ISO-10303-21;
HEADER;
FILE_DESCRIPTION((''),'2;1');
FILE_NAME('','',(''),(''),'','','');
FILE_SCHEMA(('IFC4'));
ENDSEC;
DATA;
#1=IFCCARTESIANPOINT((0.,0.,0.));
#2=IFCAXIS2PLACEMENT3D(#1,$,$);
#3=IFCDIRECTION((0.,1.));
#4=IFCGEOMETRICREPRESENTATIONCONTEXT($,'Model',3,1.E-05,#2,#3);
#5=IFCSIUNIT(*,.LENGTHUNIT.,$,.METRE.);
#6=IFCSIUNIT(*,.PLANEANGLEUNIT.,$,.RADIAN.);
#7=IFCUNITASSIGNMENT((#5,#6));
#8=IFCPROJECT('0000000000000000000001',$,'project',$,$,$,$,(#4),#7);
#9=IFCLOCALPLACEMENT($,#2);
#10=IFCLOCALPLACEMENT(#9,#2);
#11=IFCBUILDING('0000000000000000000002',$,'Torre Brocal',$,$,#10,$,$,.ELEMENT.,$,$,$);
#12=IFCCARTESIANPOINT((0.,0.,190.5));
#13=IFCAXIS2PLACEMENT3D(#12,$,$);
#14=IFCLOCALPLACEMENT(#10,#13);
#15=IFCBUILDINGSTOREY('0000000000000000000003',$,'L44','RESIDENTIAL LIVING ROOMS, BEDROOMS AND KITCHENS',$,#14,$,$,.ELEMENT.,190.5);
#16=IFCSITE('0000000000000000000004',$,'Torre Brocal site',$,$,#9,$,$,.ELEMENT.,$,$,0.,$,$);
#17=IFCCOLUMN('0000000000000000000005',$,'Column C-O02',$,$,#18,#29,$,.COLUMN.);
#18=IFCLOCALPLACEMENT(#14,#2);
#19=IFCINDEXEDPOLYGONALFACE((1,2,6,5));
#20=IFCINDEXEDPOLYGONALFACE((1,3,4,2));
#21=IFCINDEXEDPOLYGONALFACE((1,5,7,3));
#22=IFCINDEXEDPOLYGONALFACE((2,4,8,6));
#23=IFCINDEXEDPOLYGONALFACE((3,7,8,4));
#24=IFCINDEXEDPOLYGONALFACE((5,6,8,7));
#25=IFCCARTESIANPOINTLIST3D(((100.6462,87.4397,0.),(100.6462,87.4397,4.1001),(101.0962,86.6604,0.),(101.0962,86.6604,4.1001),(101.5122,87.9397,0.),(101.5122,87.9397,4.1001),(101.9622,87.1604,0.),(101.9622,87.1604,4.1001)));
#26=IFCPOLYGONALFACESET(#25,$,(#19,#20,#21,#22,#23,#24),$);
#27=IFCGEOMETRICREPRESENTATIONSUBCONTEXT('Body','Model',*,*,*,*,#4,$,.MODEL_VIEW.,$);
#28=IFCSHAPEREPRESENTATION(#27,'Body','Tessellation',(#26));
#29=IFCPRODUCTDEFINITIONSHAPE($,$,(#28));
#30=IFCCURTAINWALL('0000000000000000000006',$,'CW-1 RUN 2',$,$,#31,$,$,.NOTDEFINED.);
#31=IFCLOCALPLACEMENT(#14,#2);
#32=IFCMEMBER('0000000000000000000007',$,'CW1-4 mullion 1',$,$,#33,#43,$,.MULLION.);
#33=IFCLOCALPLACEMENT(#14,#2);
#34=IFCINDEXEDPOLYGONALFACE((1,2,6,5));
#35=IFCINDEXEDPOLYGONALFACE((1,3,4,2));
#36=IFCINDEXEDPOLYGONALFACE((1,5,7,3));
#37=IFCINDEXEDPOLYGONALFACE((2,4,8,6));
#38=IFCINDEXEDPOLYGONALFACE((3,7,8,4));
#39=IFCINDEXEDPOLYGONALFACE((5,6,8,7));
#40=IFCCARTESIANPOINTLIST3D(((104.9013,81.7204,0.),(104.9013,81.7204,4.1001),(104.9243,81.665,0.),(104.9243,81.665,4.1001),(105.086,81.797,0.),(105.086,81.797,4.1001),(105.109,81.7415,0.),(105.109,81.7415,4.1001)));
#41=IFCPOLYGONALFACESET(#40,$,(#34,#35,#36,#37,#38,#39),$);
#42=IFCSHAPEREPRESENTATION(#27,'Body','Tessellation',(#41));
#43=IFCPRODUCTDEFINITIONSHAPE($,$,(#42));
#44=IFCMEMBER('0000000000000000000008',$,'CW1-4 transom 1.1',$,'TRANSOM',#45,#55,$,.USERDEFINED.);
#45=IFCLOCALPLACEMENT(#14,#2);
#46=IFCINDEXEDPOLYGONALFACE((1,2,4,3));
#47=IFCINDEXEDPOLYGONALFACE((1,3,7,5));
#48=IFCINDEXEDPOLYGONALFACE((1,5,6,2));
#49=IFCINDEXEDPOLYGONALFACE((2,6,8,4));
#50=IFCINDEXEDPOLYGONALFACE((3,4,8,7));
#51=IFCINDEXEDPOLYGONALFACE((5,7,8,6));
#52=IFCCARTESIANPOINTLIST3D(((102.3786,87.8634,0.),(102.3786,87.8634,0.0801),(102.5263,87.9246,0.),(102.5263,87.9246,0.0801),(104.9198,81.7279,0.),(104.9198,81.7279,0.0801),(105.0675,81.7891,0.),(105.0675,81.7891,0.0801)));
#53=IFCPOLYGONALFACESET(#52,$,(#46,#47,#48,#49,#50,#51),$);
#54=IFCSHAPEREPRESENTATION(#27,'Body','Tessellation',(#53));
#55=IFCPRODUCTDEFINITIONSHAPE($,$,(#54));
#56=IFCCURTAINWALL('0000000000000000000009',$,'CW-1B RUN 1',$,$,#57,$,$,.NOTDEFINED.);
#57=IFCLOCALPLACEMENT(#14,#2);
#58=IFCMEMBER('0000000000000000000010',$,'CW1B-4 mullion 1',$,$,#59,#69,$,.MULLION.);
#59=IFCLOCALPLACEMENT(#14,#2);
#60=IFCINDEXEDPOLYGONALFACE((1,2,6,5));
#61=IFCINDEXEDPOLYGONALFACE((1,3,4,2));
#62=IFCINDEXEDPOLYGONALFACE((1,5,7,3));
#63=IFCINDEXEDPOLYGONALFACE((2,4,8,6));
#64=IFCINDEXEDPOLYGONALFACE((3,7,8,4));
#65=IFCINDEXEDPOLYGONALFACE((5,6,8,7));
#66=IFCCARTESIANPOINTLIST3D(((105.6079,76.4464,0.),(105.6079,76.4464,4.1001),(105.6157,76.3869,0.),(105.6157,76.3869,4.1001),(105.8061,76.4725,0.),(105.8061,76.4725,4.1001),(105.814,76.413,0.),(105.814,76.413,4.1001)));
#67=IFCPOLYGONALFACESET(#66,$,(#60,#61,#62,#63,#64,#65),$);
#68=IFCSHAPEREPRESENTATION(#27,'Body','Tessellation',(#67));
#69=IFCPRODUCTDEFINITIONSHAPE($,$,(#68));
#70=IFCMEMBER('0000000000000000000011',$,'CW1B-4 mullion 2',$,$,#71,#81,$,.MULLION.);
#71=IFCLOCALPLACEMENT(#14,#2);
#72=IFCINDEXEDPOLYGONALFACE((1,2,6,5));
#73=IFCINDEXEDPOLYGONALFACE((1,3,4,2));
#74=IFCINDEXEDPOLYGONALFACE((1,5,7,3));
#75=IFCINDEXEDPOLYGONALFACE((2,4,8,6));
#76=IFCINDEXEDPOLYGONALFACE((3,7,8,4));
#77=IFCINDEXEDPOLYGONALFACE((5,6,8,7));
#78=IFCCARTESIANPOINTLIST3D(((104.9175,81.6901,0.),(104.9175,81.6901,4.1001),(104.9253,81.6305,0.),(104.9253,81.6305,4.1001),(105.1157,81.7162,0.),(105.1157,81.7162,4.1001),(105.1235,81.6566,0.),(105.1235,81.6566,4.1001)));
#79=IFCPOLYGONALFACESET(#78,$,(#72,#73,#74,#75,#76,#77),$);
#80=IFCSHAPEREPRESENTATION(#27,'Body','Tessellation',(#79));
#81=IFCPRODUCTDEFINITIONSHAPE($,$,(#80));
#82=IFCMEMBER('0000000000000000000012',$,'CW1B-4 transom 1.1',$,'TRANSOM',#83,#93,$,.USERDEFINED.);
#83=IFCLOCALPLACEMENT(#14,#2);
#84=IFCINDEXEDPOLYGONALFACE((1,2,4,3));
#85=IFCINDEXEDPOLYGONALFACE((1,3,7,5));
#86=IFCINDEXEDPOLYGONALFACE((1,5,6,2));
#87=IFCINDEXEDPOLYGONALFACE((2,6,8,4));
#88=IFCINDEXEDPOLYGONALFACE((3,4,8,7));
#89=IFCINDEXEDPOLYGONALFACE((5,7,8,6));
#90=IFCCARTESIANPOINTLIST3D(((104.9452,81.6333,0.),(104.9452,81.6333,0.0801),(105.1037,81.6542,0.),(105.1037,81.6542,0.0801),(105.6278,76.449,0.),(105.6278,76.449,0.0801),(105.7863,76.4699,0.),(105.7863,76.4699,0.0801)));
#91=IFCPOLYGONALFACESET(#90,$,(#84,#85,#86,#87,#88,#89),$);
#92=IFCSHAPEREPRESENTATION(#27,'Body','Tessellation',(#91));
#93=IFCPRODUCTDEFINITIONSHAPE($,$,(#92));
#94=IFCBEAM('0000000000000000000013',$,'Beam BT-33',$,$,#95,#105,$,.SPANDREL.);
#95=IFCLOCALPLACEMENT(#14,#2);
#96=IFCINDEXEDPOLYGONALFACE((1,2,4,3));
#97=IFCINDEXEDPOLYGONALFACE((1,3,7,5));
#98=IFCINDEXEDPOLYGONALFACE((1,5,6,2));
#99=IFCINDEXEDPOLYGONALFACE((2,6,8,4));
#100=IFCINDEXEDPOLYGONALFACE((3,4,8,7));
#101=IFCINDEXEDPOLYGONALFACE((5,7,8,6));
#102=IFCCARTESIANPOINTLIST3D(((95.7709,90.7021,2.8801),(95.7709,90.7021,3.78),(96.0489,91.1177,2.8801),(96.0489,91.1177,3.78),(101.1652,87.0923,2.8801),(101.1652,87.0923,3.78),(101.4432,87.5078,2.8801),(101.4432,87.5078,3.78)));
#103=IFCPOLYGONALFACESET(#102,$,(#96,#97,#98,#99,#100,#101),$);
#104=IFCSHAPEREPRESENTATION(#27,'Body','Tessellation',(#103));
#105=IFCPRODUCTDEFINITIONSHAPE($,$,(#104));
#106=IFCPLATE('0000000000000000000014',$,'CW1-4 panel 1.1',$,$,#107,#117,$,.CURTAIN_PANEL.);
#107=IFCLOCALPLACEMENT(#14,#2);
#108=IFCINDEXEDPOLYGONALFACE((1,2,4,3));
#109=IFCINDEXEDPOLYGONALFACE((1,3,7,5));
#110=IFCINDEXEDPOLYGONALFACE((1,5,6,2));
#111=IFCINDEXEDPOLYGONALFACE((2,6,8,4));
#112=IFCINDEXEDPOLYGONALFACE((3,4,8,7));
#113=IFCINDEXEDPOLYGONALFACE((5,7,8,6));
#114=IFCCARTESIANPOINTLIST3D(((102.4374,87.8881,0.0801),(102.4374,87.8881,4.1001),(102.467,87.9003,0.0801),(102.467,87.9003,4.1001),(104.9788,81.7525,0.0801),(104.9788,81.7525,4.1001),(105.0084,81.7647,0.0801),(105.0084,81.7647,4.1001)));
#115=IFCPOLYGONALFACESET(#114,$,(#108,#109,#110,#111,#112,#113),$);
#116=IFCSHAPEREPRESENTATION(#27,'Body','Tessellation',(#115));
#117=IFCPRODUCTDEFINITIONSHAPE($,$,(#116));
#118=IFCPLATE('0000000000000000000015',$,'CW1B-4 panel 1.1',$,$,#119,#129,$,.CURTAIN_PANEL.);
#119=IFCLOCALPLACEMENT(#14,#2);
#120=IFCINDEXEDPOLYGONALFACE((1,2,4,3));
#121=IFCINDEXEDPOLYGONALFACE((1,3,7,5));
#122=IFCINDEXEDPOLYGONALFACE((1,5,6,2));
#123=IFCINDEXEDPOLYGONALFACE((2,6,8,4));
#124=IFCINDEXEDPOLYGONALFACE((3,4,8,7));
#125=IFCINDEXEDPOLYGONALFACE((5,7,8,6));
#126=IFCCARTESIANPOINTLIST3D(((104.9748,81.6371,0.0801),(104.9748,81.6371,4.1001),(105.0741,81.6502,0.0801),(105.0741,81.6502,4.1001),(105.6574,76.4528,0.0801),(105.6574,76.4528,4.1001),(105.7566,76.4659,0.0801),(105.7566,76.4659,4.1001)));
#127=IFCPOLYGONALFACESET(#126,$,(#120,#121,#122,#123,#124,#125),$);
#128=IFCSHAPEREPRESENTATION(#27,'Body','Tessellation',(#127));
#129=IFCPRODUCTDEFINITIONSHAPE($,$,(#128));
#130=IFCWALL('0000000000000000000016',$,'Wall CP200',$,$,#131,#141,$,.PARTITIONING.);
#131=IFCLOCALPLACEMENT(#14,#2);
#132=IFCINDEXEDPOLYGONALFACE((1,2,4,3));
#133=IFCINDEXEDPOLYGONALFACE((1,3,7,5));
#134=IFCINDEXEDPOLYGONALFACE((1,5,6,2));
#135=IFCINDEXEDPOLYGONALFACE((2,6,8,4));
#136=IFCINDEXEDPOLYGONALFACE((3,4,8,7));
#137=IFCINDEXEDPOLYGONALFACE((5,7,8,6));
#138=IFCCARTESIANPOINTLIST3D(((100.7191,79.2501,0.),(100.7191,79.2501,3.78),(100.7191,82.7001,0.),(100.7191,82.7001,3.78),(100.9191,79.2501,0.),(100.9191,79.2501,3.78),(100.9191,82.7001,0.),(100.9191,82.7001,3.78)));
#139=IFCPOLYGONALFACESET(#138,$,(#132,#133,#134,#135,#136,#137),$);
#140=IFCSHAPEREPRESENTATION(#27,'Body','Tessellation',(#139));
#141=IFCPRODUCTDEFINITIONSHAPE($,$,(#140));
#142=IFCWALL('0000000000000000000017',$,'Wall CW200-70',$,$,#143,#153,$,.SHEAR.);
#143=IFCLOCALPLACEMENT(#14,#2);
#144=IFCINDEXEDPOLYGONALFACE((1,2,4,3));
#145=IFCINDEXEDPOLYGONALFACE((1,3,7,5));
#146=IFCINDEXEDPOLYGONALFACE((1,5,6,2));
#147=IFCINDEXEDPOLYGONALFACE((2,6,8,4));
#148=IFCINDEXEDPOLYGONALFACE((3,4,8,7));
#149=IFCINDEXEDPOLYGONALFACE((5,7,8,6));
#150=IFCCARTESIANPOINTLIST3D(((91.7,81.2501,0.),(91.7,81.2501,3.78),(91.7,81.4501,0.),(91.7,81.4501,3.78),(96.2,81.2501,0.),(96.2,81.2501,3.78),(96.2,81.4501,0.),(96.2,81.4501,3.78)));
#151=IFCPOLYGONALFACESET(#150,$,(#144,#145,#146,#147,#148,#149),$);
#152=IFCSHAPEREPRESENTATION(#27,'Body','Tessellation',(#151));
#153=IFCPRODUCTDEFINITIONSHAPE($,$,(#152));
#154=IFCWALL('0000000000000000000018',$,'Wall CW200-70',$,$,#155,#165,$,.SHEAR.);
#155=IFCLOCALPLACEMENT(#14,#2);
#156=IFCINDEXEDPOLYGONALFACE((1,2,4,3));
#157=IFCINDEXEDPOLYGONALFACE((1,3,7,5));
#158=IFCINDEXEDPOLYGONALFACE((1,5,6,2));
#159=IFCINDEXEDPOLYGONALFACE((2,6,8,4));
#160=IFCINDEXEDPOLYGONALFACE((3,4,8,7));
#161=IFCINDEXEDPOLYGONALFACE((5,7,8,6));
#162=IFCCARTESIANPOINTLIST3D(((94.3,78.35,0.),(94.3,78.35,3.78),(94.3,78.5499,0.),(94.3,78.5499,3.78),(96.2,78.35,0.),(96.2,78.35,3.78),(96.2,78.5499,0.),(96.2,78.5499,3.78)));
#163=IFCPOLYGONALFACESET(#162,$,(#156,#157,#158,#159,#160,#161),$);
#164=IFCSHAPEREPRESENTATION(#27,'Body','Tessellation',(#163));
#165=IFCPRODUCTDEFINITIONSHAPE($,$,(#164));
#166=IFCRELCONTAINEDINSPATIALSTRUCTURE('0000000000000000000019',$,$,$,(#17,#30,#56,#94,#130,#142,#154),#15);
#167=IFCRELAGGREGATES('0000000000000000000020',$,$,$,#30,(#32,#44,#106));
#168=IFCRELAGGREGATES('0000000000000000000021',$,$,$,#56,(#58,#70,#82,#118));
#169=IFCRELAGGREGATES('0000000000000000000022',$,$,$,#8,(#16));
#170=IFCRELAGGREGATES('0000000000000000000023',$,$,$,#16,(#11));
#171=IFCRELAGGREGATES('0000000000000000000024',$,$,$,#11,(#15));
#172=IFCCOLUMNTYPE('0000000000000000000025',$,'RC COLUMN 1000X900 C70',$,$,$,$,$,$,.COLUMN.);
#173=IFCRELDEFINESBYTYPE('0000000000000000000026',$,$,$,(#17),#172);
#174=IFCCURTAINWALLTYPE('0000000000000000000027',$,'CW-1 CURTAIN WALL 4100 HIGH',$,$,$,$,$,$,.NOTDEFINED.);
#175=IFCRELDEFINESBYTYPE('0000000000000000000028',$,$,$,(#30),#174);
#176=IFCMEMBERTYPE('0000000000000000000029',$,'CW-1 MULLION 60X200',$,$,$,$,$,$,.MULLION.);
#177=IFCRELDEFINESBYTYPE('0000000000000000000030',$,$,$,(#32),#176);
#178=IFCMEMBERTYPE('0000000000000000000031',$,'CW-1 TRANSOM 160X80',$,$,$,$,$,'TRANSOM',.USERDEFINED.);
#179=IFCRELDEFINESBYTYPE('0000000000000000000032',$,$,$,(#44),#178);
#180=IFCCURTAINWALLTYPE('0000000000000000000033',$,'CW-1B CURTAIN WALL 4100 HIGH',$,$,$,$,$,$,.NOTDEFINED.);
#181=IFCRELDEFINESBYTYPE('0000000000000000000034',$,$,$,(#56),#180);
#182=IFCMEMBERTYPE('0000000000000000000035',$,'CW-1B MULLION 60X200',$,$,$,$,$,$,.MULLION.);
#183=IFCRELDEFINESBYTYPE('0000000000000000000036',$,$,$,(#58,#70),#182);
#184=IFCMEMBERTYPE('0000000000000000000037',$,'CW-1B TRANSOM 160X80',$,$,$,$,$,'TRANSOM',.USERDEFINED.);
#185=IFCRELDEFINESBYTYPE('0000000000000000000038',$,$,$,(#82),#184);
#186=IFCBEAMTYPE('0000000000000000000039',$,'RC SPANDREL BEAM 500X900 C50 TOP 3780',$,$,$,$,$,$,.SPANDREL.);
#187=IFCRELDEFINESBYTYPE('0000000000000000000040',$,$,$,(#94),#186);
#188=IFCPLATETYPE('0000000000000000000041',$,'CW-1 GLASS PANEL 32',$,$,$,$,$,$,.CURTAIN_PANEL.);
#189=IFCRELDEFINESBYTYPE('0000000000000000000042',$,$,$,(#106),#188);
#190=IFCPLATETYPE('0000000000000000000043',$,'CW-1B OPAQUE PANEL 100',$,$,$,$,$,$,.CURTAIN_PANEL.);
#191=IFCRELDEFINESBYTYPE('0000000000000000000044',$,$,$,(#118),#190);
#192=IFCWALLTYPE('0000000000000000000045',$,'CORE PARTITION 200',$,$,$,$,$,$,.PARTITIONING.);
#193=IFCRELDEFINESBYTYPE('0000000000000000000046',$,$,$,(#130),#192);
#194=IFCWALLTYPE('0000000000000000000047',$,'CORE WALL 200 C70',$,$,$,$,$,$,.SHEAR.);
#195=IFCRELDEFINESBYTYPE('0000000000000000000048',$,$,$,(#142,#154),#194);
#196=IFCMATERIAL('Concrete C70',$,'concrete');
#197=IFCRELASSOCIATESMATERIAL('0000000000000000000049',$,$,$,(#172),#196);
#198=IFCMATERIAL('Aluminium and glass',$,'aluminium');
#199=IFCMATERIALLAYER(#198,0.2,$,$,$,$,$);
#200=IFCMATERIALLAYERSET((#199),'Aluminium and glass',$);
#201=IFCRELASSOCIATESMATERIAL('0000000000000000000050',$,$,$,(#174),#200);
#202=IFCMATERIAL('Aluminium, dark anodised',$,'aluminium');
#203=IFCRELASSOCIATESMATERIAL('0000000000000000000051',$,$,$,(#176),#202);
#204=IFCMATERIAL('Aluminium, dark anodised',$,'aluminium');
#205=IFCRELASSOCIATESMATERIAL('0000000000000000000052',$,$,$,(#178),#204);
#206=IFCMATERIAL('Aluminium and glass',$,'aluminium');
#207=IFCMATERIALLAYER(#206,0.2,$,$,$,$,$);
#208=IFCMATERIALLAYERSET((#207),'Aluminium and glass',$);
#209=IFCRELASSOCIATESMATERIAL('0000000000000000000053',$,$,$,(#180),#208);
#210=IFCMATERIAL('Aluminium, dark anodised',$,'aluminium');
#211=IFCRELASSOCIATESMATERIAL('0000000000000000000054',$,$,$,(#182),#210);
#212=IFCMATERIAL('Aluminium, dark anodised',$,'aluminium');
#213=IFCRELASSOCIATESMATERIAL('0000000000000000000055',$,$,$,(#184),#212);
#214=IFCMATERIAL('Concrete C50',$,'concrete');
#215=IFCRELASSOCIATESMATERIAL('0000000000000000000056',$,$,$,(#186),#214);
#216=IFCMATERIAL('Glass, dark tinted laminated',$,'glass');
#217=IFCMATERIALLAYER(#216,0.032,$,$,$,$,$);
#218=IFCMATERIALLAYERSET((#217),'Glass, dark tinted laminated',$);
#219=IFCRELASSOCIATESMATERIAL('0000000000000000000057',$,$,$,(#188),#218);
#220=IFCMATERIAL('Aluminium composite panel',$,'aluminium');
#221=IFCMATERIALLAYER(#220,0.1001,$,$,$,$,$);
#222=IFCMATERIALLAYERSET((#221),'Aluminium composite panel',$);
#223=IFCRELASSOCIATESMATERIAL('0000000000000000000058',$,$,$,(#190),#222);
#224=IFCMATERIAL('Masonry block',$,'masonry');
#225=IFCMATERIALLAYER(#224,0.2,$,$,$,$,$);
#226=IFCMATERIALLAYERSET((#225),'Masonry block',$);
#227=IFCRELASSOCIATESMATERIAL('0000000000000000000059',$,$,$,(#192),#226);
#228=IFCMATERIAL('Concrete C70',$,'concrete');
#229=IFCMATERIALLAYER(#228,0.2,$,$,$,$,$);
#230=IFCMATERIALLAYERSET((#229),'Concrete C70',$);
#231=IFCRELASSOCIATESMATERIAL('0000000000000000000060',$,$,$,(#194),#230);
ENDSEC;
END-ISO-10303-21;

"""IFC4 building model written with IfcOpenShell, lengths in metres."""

from ifc_helpers import new_model, si_unit, direction, frame, frame_2d, origin, origin_2d, place, context, subcontext, project, spatial, rectangle, extrude, material, layer, layer_set, material_profile, profile_set, type_object, element, aggregate, save


model = new_model("IFC4")

# Units and contexts
model_context = context("Model", 3, precision=1e-05, world=origin(), true_north=direction((0.0, 1.0)))
body_context = subcontext(model_context, "Body", "Model", "MODEL_VIEW")
ifc_project = project(units=[si_unit("LENGTHUNIT", "METRE"), si_unit("PLANEANGLEUNIT", "RADIAN")], contexts=[model_context])

# Site, building, storey
site_placement = place(None, origin())
site = spatial("IfcSite", under=ifc_project, at=site_placement, Name="Torre Brocal site", CompositionType="ELEMENT", RefElevation=0.0)
building_placement = place(site_placement, origin())
building = spatial("IfcBuilding", under=site, at=building_placement, Name="Torre Brocal", CompositionType="ELEMENT")
storey_placement = place(building_placement, frame((0.0, 0.0, 190.5)))
storey = spatial("IfcBuildingStorey", under=building, at=storey_placement, Name="L44", Description="RESIDENTIAL LIVING ROOMS, BEDROOMS AND KITCHENS", CompositionType="ELEMENT", Elevation=190.5)

# Column
ifc_material_1 = material(Name="Concrete C70", Category="concrete")
ifc_material_profile_1 = material_profile(ifc_material_1, rectangle(XDim=1.0, YDim=0.8999, at=origin_2d()), Name="RC 1000X900")
ifc_profile_set_1 = profile_set([ifc_material_profile_1], Name="Concrete C70")
column_type = type_object("IfcColumnType", Name="RC COLUMN 1000X900 C70", PredefinedType="COLUMN", material=ifc_profile_set_1)
column_placement = place(storey_placement, frame((101.3042, 87.3, 0.0), z_axis=(0.0, 0.0, 1.0), x_axis=(0.866025, 0.5, 0.0)))
element("IfcColumn", 1, at=column_placement, inside=storey, type_object=column_type, Name="Column C-O02", PredefinedType="COLUMN", context=body_context, shape_type="SweptSolid", body=[
    extrude(rectangle(XDim=1.0, YDim=0.8999, at=origin_2d()), origin(), (0.0, 0.0, 1.0), 4.1001),
])

# Curtain walls, members
ifc_material_2 = material(Name="Aluminium and glass", Category="aluminium")
ifc_layer_1 = layer(ifc_material_2, 0.2)
ifc_layer_set_1 = layer_set([ifc_layer_1], Name="Aluminium and glass")
curtain_wall_type_1 = type_object("IfcCurtainWallType", Name="CW-1 CURTAIN WALL 4100 HIGH", PredefinedType="NOTDEFINED", material=ifc_layer_set_1)
curtain_wall_1_placement = place(storey_placement, origin())
curtain_wall_1 = element("IfcCurtainWall", 2, at=curtain_wall_1_placement, inside=storey, type_object=curtain_wall_type_1, Name="CW-1 RUN 2", PredefinedType="NOTDEFINED")
ifc_material_3 = material(Name="Aluminium, dark anodised", Category="aluminium")
ifc_material_profile_2 = material_profile(ifc_material_3, rectangle(XDim=0.2, YDim=0.0601, at=origin_2d()), Name="CW-1 MULLION 60X200")
ifc_profile_set_2 = profile_set([ifc_material_profile_2], Name="Aluminium, dark anodised")
member_type_1 = type_object("IfcMemberType", Name="CW-1 MULLION 60X200", PredefinedType="MULLION", material=ifc_profile_set_2)
member_1_placement = place(storey_placement, frame((105.0051, 81.731, 0.0), z_axis=(0.0, 0.0, 1.0), x_axis=(-0.92388, -0.382683, 0.0)))
member_1 = element("IfcMember", 3, at=member_1_placement, type_object=member_type_1, Name="CW1-4 mullion 1", PredefinedType="MULLION", context=body_context, shape_type="SweptSolid", body=[
    extrude(rectangle(XDim=0.2, YDim=0.0601, at=origin_2d()), origin(), (0.0, 0.0, 1.0), 4.1001),
])
ifc_material_4 = material(Name="Aluminium, dark anodised", Category="aluminium")
ifc_material_profile_3 = material_profile(ifc_material_4, rectangle(XDim=0.1599, YDim=0.0801, at=origin_2d()), Name="CW-1 TRANSOM 160X80")
ifc_profile_set_3 = profile_set([ifc_material_profile_3], Name="Aluminium, dark anodised")
member_type_2 = type_object("IfcMemberType", Name="CW-1 TRANSOM 160X80", ElementType="TRANSOM", PredefinedType="USERDEFINED", material=ifc_profile_set_3)
member_2_placement = place(storey_placement, frame((104.9937, 81.7585, 0.04), z_axis=(-0.382665, 0.923887, 0.0), x_axis=(-0.923887, -0.382665, 0.0)))
member_2 = element("IfcMember", 4, at=member_2_placement, type_object=member_type_2, Name="CW1-4 transom 1.1", ObjectType="TRANSOM", PredefinedType="USERDEFINED", context=body_context, shape_type="SweptSolid", body=[
    extrude(rectangle(XDim=0.1599, YDim=0.0801, at=origin_2d()), origin(), (0.0, 0.0, 1.0), 6.6409),
])
ifc_material_5 = material(Name="Aluminium and glass", Category="aluminium")
ifc_layer_2 = layer(ifc_material_5, 0.2)
ifc_layer_set_2 = layer_set([ifc_layer_2], Name="Aluminium and glass")
curtain_wall_type_2 = type_object("IfcCurtainWallType", Name="CW-1B CURTAIN WALL 4100 HIGH", PredefinedType="NOTDEFINED", material=ifc_layer_set_2)
curtain_wall_2_placement = place(storey_placement, origin())
curtain_wall_2 = element("IfcCurtainWall", 5, at=curtain_wall_2_placement, inside=storey, type_object=curtain_wall_type_2, Name="CW-1B RUN 1", PredefinedType="NOTDEFINED")
ifc_material_6 = material(Name="Aluminium, dark anodised", Category="aluminium")
ifc_material_profile_4 = material_profile(ifc_material_6, rectangle(XDim=0.2, YDim=0.0601, at=origin_2d()), Name="CW-1B MULLION 60X200")
ifc_profile_set_4 = profile_set([ifc_material_profile_4], Name="Aluminium, dark anodised")
member_type_3 = type_object("IfcMemberType", Name="CW-1B MULLION 60X200", PredefinedType="MULLION", material=ifc_profile_set_4)
member_3_placement = place(storey_placement, frame((105.7109, 76.4297, 0.0), z_axis=(0.0, 0.0, 1.0), x_axis=(-0.991445, -0.130526, 0.0)))
member_3 = element("IfcMember", 6, at=member_3_placement, type_object=member_type_3, Name="CW1B-4 mullion 1", PredefinedType="MULLION", context=body_context, shape_type="SweptSolid", body=[
    extrude(rectangle(XDim=0.2, YDim=0.0601, at=origin_2d()), origin(), (0.0, 0.0, 1.0), 4.1001),
])
member_4_placement = place(storey_placement, frame((105.0205, 81.6733, 0.0), z_axis=(0.0, 0.0, 1.0), x_axis=(-0.991445, -0.130526, 0.0)))
member_4 = element("IfcMember", 7, at=member_4_placement, type_object=member_type_3, Name="CW1B-4 mullion 2", PredefinedType="MULLION", context=body_context, shape_type="SweptSolid", body=[
    extrude(rectangle(XDim=0.2, YDim=0.0601, at=origin_2d()), origin(), (0.0, 0.0, 1.0), 4.1001),
])
ifc_material_7 = material(Name="Aluminium, dark anodised", Category="aluminium")
ifc_material_profile_5 = material_profile(ifc_material_7, rectangle(XDim=0.1599, YDim=0.0801, at=origin_2d()), Name="CW-1B TRANSOM 160X80")
ifc_profile_set_5 = profile_set([ifc_material_profile_5], Name="Aluminium, dark anodised")
member_type_4 = type_object("IfcMemberType", Name="CW-1B TRANSOM 160X80", ElementType="TRANSOM", PredefinedType="USERDEFINED", material=ifc_profile_set_5)
member_5_placement = place(storey_placement, frame((105.707, 76.4595, 0.04), z_axis=(-0.130543, 0.991443, 0.0), x_axis=(-0.991443, -0.130543, 0.0)))
member_5 = element("IfcMember", 8, at=member_5_placement, type_object=member_type_4, Name="CW1B-4 transom 1.1", ObjectType="TRANSOM", PredefinedType="USERDEFINED", context=body_context, shape_type="SweptSolid", body=[
    extrude(rectangle(XDim=0.1599, YDim=0.0801, at=origin_2d()), origin(), (0.0, 0.0, 1.0), 5.229),
])

# Beam
ifc_material_8 = material(Name="Concrete C50", Category="concrete")
ifc_material_profile_6 = material_profile(ifc_material_8, rectangle(XDim=0.5, YDim=0.8999, at=origin_2d()), Name="RC 500X900")
ifc_profile_set_6 = profile_set([ifc_material_profile_6], Name="Concrete C50")
beam_type = type_object("IfcBeamType", Name="RC SPANDREL BEAM 500X900 C50 TOP 3780", PredefinedType="SPANDREL", material=ifc_profile_set_6)
beam_placement = place(storey_placement, frame((101.3042, 87.3, 3.3301), z_axis=(-0.831077, 0.556158, 0.0), x_axis=(-0.556158, -0.831077, 0.0)))
element("IfcBeam", 9, at=beam_placement, inside=storey, type_object=beam_type, Name="Beam BT-33", PredefinedType="SPANDREL", context=body_context, shape_type="SweptSolid", body=[
    extrude(rectangle(XDim=0.5, YDim=0.8999, at=origin_2d()), origin(), (0.0, 0.0, 1.0), 6.4907),
])

# Plates
ifc_material_9 = material(Name="Glass, dark tinted laminated", Category="glass")
ifc_layer_3 = layer(ifc_material_9, 0.032)
ifc_layer_set_3 = layer_set([ifc_layer_3], Name="Glass, dark tinted laminated")
plate_type_1 = type_object("IfcPlateType", Name="CW-1 GLASS PANEL 32", PredefinedType="CURTAIN_PANEL", material=ifc_layer_set_3)
plate_1_placement = place(storey_placement, frame((103.7229, 84.8264, 0.0801), z_axis=(0.0, 0.0, 1.0), x_axis=(-0.382683, 0.92388, 0.0)))
plate_1 = element("IfcPlate", 10, at=plate_1_placement, type_object=plate_type_1, Name="CW1-4 panel 1.1", PredefinedType="CURTAIN_PANEL", context=body_context, shape_type="SweptSolid", body=[
    extrude(rectangle(XDim=6.6411, YDim=0.032, at=origin_2d()), origin(), (0.0, 0.0, 1.0), 4.02),
])
aggregate(curtain_wall_1, [member_1, member_2, plate_1])
ifc_material_10 = material(Name="Aluminium composite panel", Category="aluminium")
ifc_layer_4 = layer(ifc_material_10, 0.1001)
ifc_layer_set_4 = layer_set([ifc_layer_4], Name="Aluminium composite panel")
plate_type_2 = type_object("IfcPlateType", Name="CW-1B OPAQUE PANEL 100", PredefinedType="CURTAIN_PANEL", material=ifc_layer_set_4)
plate_2_placement = place(storey_placement, frame((105.3657, 79.0515, 0.0801), z_axis=(0.0, 0.0, 1.0), x_axis=(-0.130526, 0.991445, 0.0)))
plate_2 = element("IfcPlate", 11, at=plate_2_placement, type_object=plate_type_2, Name="CW1B-4 panel 1.1", PredefinedType="CURTAIN_PANEL", context=body_context, shape_type="SweptSolid", body=[
    extrude(rectangle(XDim=5.229, YDim=0.1001, at=origin_2d()), origin(), (0.0, 0.0, 1.0), 4.02),
])
aggregate(curtain_wall_2, [member_3, member_4, member_5, plate_2])

# Walls
ifc_material_11 = material(Name="Masonry block", Category="masonry")
ifc_layer_5 = layer(ifc_material_11, 0.2)
ifc_layer_set_5 = layer_set([ifc_layer_5], Name="Masonry block")
wall_type_1 = type_object("IfcWallType", Name="CORE PARTITION 200", PredefinedType="PARTITIONING", material=ifc_layer_set_5)
wall_1_placement = place(storey_placement, frame((100.8191, 79.25, 0.0), z_axis=(0.0, 0.0, 1.0), x_axis=(0.0, 1.0, 0.0)))
element("IfcWall", 12, at=wall_1_placement, inside=storey, type_object=wall_type_1, Name="Wall CP200", PredefinedType="PARTITIONING", context=body_context, shape_type="SweptSolid", body=[
    extrude(rectangle(XDim=3.45, YDim=0.2, at=frame_2d((1.7251, 0.0))), origin(), (0.0, 0.0, 1.0), 3.78),
])
ifc_material_12 = material(Name="Concrete C70", Category="concrete")
ifc_layer_6 = layer(ifc_material_12, 0.2)
ifc_layer_set_6 = layer_set([ifc_layer_6], Name="Concrete C70")
wall_type_2 = type_object("IfcWallType", Name="CORE WALL 200 C70", PredefinedType="SHEAR", material=ifc_layer_set_6)
wall_2_placement = place(storey_placement, frame((91.7, 81.3501, 0.0), z_axis=(0.0, 0.0, 1.0), x_axis=(1.0, 0.0, 0.0)))
element("IfcWall", 13, at=wall_2_placement, inside=storey, type_object=wall_type_2, Name="Wall CW200-70", PredefinedType="SHEAR", context=body_context, shape_type="SweptSolid", body=[
    extrude(rectangle(XDim=4.5, YDim=0.2, at=frame_2d((2.25, 0.0))), origin(), (0.0, 0.0, 1.0), 3.78),
])
wall_3_placement = place(storey_placement, frame((94.3, 78.45, 0.0), z_axis=(0.0, 0.0, 1.0), x_axis=(1.0, 0.0, 0.0)))
element("IfcWall", 14, at=wall_3_placement, inside=storey, type_object=wall_type_2, Name="Wall CW200-70", PredefinedType="SHEAR", context=body_context, shape_type="SweptSolid", body=[
    extrude(rectangle(XDim=1.8999, YDim=0.2, at=frame_2d((0.95, 0.0))), origin(), (0.0, 0.0, 1.0), 3.78),
])

save(model, "model.ifc")
